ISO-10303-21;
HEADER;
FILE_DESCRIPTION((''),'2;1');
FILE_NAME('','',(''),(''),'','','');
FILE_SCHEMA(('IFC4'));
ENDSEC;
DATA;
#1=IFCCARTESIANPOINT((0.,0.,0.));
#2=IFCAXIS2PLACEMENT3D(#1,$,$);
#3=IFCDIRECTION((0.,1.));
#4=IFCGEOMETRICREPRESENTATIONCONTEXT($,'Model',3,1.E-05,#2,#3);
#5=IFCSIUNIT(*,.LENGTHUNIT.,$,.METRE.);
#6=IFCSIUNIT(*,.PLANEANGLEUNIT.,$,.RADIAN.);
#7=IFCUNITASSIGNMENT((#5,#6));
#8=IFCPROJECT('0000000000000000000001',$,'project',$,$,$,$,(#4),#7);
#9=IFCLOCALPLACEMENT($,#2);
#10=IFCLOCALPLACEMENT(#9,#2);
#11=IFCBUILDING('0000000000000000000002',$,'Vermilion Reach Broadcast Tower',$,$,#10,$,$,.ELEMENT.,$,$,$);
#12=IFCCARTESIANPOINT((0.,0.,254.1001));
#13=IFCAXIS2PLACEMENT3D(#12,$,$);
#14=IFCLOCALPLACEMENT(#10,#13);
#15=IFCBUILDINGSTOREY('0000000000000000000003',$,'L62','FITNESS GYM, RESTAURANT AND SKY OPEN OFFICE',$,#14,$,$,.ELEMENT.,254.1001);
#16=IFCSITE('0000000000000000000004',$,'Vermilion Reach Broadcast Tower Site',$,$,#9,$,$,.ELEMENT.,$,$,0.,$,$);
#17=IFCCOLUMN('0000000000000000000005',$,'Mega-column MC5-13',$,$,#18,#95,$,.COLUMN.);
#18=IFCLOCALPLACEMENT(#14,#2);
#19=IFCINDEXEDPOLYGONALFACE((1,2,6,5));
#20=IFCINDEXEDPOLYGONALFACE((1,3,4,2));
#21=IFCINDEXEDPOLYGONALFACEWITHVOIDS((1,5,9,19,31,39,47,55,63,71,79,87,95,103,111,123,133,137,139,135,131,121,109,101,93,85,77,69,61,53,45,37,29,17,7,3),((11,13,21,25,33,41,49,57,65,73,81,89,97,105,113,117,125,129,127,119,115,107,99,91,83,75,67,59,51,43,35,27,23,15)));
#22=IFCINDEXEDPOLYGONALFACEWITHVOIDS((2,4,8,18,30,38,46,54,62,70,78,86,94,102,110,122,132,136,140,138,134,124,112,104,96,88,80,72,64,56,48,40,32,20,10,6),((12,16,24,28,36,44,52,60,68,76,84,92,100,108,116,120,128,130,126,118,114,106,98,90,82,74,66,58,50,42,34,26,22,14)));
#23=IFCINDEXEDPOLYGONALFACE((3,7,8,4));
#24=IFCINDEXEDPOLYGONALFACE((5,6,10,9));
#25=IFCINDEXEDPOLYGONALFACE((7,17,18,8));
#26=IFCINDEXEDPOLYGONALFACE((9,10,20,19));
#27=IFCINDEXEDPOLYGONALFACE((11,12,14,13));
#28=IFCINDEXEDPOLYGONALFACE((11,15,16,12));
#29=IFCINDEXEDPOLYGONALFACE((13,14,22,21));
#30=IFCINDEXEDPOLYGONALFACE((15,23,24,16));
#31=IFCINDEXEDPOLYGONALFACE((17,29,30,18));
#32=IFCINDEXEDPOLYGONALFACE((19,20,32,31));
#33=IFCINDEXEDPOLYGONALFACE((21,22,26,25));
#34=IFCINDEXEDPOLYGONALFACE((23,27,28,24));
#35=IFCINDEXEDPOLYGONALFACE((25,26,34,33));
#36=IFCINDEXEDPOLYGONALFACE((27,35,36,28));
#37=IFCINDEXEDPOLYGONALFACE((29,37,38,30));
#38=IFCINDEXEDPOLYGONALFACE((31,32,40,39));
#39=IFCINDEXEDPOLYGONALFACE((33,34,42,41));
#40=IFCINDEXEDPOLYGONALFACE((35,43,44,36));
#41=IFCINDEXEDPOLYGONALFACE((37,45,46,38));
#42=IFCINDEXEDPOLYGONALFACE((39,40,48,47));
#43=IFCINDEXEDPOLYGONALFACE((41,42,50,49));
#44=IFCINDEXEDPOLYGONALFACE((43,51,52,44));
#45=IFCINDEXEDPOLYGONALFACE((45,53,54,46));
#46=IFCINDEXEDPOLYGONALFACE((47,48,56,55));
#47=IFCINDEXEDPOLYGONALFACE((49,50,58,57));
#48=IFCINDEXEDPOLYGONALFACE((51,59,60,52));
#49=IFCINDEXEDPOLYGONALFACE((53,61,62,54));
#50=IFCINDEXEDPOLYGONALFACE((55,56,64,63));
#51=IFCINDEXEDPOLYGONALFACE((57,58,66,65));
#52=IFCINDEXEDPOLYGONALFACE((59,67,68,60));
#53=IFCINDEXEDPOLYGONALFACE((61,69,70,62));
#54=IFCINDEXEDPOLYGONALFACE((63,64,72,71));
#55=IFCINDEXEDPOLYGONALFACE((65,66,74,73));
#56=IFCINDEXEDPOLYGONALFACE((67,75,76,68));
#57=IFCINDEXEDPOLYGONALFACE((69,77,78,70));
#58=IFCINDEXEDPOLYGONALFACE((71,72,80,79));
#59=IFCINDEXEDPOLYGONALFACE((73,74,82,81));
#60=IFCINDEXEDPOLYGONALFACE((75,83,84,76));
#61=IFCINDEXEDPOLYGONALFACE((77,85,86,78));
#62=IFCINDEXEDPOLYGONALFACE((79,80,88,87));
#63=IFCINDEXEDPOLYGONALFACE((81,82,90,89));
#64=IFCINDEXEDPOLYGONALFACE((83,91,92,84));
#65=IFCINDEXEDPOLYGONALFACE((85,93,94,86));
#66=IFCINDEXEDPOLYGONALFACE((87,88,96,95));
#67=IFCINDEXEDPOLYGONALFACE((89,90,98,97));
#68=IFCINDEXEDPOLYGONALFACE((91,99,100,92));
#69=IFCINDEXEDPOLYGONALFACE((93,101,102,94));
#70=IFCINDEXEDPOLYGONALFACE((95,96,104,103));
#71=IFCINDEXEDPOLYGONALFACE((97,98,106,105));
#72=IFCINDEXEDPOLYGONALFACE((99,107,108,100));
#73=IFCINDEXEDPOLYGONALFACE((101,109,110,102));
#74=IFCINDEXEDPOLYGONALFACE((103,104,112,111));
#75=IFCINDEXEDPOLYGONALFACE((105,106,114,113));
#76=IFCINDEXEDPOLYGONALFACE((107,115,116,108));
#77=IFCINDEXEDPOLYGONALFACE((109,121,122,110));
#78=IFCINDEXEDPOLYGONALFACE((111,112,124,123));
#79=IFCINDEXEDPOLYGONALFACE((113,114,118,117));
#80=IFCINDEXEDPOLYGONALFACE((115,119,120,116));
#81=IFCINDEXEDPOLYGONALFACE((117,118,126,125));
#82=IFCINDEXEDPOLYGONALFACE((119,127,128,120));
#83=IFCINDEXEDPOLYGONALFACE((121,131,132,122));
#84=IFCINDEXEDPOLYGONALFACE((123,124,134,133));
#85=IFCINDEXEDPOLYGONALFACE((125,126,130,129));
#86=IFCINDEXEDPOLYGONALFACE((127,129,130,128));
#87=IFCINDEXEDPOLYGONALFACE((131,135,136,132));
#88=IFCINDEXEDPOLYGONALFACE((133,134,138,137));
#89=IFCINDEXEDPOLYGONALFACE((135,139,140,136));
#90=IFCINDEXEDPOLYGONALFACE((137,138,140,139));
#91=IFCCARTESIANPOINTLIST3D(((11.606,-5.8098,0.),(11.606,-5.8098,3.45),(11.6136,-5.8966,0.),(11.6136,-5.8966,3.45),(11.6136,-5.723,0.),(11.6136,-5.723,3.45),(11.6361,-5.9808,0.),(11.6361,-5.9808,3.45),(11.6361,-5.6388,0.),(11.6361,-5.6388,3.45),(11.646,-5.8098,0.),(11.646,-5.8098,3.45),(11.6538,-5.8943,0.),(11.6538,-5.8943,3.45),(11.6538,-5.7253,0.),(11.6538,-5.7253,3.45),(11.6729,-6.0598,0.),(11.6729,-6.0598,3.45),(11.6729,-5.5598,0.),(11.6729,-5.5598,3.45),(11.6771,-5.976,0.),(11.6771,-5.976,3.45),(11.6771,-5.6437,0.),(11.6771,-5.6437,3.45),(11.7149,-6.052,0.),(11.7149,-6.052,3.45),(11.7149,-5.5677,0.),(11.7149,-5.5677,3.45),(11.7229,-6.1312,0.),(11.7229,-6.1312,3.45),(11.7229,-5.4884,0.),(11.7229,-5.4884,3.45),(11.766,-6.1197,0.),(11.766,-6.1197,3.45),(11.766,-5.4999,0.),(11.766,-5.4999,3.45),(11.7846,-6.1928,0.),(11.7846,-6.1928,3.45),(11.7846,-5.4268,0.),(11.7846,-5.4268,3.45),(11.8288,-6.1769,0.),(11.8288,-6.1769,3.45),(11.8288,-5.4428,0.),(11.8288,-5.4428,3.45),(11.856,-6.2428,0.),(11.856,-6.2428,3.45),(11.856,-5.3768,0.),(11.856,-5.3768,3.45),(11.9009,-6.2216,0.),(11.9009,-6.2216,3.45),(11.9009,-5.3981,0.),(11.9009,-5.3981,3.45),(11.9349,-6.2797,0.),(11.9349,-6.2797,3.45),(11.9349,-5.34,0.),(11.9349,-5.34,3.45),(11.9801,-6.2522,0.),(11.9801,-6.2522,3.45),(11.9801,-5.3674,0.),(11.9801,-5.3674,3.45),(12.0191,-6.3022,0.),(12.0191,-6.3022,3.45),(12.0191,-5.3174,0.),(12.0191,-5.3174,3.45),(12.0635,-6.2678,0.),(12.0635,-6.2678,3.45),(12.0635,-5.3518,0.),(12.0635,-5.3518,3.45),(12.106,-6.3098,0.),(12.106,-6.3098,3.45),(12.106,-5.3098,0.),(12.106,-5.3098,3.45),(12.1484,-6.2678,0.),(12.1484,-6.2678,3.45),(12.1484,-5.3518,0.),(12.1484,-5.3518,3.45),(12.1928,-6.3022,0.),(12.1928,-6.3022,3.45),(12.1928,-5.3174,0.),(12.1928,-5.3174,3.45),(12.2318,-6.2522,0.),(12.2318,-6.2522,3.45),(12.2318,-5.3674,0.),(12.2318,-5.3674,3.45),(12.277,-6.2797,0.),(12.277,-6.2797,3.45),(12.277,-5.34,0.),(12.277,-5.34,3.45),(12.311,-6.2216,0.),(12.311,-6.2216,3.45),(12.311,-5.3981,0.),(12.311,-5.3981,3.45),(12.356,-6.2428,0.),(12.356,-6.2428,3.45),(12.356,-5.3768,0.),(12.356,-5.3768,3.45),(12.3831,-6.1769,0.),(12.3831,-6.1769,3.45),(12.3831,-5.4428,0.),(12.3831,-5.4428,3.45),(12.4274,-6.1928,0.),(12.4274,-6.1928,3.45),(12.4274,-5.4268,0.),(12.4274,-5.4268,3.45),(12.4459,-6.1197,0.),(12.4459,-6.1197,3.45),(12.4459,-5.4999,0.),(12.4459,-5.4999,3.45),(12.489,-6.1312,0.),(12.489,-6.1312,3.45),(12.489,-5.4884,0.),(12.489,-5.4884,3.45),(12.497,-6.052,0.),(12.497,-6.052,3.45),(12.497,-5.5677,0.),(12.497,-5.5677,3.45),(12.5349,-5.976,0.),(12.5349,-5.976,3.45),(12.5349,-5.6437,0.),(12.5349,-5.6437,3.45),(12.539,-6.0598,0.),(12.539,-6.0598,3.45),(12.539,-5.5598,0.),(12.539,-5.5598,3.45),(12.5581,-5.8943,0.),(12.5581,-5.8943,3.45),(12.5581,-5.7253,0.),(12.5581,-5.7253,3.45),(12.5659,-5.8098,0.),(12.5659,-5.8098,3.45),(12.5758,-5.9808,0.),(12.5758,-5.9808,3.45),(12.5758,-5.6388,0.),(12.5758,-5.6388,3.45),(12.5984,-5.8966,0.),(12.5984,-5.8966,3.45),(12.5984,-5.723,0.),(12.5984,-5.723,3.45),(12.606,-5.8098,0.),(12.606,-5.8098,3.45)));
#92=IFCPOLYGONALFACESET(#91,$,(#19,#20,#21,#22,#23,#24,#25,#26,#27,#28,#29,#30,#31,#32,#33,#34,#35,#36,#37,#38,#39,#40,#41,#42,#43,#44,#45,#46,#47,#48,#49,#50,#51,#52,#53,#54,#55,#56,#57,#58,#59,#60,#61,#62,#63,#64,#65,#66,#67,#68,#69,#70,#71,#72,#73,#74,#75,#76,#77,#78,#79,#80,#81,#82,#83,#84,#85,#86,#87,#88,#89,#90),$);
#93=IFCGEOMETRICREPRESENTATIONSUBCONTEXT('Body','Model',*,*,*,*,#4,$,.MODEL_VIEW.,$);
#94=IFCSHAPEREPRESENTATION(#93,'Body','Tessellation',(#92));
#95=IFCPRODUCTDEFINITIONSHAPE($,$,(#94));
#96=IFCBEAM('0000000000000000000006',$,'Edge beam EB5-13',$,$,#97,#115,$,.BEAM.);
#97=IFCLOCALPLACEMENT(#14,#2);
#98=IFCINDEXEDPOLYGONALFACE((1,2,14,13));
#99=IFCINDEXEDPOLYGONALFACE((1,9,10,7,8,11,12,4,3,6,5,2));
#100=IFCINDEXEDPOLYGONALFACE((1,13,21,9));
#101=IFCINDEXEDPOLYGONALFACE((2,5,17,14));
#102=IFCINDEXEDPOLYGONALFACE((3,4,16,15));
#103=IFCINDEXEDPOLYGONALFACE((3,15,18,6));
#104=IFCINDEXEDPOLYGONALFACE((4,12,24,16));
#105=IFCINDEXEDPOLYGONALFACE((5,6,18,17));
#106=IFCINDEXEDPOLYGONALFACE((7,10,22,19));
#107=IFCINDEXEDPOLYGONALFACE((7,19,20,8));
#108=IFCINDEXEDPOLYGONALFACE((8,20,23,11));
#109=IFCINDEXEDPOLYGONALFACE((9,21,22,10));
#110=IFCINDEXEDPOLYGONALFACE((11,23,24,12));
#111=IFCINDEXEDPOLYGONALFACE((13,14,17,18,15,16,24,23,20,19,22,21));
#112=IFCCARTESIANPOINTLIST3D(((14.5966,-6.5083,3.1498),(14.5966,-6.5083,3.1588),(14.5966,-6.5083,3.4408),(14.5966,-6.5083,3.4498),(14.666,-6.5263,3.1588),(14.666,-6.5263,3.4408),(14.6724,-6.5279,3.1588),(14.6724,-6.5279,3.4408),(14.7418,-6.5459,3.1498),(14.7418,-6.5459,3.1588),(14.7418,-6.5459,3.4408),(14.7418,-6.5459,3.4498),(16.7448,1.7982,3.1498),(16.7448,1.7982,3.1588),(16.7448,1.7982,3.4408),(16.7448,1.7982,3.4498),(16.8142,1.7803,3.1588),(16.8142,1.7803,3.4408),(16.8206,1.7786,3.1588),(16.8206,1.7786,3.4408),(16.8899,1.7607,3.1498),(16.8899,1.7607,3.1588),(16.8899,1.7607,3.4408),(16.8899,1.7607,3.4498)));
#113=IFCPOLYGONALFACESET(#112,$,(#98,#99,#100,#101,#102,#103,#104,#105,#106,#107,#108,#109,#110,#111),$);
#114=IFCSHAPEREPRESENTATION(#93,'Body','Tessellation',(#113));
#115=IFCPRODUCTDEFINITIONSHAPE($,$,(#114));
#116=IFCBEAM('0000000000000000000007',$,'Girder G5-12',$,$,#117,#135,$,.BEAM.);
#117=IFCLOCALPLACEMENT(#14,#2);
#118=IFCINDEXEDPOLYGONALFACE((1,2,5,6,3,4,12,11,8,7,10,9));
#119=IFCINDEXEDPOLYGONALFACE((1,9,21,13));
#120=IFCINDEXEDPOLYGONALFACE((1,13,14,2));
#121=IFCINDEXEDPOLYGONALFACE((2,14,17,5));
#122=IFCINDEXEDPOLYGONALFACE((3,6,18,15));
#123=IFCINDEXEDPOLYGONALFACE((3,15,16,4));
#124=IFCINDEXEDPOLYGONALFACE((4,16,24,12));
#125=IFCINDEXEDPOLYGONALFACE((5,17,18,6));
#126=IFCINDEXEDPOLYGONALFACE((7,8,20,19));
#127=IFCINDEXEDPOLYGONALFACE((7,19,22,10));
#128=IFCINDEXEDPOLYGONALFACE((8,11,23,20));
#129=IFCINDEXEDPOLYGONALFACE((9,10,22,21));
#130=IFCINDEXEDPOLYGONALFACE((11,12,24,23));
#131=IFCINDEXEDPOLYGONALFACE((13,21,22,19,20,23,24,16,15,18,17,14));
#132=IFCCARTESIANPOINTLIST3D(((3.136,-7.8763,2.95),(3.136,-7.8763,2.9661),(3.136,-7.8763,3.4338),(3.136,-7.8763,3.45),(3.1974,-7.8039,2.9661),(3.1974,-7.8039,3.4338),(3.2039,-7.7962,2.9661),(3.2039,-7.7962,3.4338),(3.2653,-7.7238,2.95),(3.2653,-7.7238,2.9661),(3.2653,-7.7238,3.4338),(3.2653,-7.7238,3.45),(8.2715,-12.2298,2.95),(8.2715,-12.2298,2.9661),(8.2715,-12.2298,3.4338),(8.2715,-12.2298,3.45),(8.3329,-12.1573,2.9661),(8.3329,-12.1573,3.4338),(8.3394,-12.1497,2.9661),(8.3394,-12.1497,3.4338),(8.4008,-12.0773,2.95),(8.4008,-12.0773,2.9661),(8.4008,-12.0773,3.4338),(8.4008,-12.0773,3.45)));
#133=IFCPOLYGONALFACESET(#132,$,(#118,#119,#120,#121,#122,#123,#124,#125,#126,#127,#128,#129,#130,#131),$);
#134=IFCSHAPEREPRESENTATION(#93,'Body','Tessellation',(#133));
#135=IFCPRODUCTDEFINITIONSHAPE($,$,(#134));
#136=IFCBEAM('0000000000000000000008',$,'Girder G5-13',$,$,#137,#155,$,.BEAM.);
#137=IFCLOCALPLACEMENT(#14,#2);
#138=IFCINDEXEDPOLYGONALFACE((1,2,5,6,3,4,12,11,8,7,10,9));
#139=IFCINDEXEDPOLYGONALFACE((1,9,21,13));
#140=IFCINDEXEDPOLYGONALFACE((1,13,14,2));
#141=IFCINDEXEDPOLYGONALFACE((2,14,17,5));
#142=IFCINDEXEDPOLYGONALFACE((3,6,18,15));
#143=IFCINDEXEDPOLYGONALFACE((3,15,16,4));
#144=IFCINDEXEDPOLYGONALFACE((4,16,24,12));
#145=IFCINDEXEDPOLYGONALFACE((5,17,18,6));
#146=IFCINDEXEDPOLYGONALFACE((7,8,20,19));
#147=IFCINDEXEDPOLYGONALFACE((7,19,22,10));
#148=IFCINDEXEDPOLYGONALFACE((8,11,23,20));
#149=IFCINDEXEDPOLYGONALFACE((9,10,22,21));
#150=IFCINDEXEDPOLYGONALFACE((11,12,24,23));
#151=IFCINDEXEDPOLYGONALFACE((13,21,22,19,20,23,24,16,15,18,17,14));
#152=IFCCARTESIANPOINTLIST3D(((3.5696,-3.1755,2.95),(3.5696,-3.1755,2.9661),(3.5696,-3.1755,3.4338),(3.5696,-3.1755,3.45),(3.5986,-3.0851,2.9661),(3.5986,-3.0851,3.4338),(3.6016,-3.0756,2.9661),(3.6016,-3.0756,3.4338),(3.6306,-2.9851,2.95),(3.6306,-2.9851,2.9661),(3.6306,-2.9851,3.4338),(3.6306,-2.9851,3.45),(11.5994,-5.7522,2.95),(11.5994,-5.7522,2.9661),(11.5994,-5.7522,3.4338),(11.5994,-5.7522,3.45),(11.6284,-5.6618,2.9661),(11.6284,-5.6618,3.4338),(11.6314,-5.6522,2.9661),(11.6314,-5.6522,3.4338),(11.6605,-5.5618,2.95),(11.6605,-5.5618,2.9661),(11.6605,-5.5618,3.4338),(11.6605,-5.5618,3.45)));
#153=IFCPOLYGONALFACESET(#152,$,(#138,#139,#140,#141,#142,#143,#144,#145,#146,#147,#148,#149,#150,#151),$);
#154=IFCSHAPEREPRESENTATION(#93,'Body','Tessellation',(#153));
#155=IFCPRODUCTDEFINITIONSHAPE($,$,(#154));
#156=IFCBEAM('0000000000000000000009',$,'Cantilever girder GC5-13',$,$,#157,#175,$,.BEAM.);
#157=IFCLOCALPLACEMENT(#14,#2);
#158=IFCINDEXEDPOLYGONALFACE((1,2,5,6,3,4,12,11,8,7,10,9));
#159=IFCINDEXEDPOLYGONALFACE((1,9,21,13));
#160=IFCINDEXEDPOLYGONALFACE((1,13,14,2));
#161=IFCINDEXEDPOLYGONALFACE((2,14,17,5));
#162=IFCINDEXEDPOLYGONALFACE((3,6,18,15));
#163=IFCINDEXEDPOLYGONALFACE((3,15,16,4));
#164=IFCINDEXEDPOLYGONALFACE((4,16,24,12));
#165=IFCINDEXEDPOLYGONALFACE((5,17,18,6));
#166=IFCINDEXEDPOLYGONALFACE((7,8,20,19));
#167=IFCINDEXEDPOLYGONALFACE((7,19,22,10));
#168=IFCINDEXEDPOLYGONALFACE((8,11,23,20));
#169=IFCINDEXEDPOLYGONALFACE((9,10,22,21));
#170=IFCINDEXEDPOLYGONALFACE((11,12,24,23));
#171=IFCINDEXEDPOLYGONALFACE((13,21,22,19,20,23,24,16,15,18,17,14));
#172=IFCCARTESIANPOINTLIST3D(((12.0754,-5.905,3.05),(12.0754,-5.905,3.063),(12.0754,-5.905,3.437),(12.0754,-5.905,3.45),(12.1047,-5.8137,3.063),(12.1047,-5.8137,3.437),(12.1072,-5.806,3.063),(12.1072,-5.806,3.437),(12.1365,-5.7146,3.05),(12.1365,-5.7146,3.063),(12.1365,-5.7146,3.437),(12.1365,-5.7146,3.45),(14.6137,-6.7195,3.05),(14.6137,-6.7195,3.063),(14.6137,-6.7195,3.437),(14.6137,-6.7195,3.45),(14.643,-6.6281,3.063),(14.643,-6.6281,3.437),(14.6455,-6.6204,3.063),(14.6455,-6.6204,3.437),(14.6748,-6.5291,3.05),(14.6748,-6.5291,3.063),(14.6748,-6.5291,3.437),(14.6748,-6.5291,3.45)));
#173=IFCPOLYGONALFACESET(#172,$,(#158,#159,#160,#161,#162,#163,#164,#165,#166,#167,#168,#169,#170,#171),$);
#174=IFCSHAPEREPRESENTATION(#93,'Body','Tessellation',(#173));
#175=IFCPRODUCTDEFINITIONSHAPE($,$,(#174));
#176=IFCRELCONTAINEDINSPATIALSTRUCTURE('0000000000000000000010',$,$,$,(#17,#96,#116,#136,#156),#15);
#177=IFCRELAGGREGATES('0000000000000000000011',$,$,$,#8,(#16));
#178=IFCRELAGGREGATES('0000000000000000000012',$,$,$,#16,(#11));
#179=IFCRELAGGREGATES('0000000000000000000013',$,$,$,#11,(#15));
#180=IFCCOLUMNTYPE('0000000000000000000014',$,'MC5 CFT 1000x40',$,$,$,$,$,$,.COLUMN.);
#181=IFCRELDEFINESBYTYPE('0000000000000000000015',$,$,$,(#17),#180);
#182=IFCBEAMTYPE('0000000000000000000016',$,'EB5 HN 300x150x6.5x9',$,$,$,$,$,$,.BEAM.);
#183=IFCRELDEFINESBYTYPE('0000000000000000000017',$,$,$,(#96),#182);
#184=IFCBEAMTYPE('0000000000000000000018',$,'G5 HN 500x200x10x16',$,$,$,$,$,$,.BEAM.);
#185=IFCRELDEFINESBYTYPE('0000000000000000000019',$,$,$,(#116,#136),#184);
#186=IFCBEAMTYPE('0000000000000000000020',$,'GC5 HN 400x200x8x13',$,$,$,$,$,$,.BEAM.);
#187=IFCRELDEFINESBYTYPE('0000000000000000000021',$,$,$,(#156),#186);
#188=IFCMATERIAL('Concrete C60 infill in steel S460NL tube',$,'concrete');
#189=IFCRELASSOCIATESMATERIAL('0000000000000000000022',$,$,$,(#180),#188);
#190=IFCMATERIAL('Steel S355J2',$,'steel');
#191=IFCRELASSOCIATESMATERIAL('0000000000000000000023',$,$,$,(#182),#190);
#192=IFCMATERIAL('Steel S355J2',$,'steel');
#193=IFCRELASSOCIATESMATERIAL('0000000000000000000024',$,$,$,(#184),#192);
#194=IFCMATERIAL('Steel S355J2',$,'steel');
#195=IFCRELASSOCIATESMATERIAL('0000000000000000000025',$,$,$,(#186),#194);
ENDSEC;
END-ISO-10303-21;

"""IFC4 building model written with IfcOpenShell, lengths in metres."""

from ifc_helpers import new_model, si_unit, direction, frame, origin, origin_2d, place, context, subcontext, project, spatial, hollow_circle, i_section, extrude, material, material_profile, profile_set, type_object, element, save


model = new_model("IFC4")

# Units and contexts
model_context = context("Model", 3, precision=1e-05, world=origin(), true_north=direction((0.0, 1.0)))
body_context = subcontext(model_context, "Body", "Model", "MODEL_VIEW")
ifc_project = project(units=[si_unit("LENGTHUNIT", "METRE"), si_unit("PLANEANGLEUNIT", "RADIAN")], contexts=[model_context])

# Site, building, storey
site_placement = place(None, origin())
site = spatial("IfcSite", under=ifc_project, at=site_placement, Name="Vermilion Reach Broadcast Tower Site", CompositionType="ELEMENT", RefElevation=0.0)
building_placement = place(site_placement, origin())
building = spatial("IfcBuilding", under=site, at=building_placement, Name="Vermilion Reach Broadcast Tower", CompositionType="ELEMENT")
storey_placement = place(building_placement, frame((0.0, 0.0, 254.1001)))
storey = spatial("IfcBuildingStorey", under=building, at=storey_placement, Name="L62", Description="FITNESS GYM, RESTAURANT AND SKY OPEN OFFICE", CompositionType="ELEMENT", Elevation=254.1001)

# Column
ifc_material_1 = material(Name="Concrete C60 infill in steel S460NL tube", Category="concrete")
ifc_material_profile_1 = material_profile(ifc_material_1, hollow_circle(Radius=0.5, WallThickness=0.04, at=origin_2d()), Name="Concrete C60 infill in steel S460NL tube CFT 1000x40")
ifc_profile_set_1 = profile_set([ifc_material_profile_1], Name="Concrete C60 infill in steel S460NL tube")
column_type = type_object("IfcColumnType", Name="MC5 CFT 1000x40", PredefinedType="COLUMN", material=ifc_profile_set_1)
column_placement = place(storey_placement, frame((12.106, -5.8098, 0.0), z_axis=(0.0, 0.0, 1.0), x_axis=(1.0, 0.0, 0.0)))
element("IfcColumn", 1, at=column_placement, inside=storey, type_object=column_type, Name="Mega-column MC5-13", PredefinedType="COLUMN", context=body_context, shape_type="SweptSolid", body=[
    extrude(hollow_circle(Radius=0.5, WallThickness=0.04, at=origin_2d()), origin(), (0.0, 0.0, 1.0), 3.45),
])

# Beams
ifc_material_2 = material(Name="Steel S355J2", Category="steel")
ifc_material_profile_2 = material_profile(ifc_material_2, i_section(OverallWidth=0.1499, OverallDepth=0.3, WebThickness=0.0066, FlangeThickness=0.009, at=origin_2d()), Name="S355J2 HN 300x150x6.5x9")
ifc_profile_set_2 = profile_set([ifc_material_profile_2], Name="Steel S355J2")
beam_type_1 = type_object("IfcBeamType", Name="EB5 HN 300x150x6.5x9", PredefinedType="BEAM", material=ifc_profile_set_2)
beam_1_placement = place(storey_placement, frame((14.6692, -6.5271, 3.2998), z_axis=(0.250375, 0.968149, 0.0), x_axis=(-0.968149, 0.250375, 0.0)))
element("IfcBeam", 2, at=beam_1_placement, inside=storey, type_object=beam_type_1, Name="Edge beam EB5-13", PredefinedType="BEAM", context=body_context, shape_type="SweptSolid", body=[
    extrude(i_section(OverallWidth=0.1499, OverallDepth=0.3, WebThickness=0.0066, FlangeThickness=0.009, at=origin_2d()), origin(), (0.0, 0.0, 1.0), 8.5798),
])
ifc_material_3 = material(Name="Steel S355J2", Category="steel")
ifc_material_profile_3 = material_profile(ifc_material_3, i_section(OverallWidth=0.2, OverallDepth=0.5, WebThickness=0.01, FlangeThickness=0.0161, at=origin_2d()), Name="S355J2 HN 500x200x10x16")
ifc_profile_set_3 = profile_set([ifc_material_profile_3], Name="Steel S355J2")
beam_type_2 = type_object("IfcBeamType", Name="G5 HN 500x200x10x16", PredefinedType="BEAM", material=ifc_profile_set_3)
beam_2_placement = place(storey_placement, frame((3.2007, -7.8, 3.2), z_axis=(0.762793, -0.646643, 0.0), x_axis=(0.646643, 0.762793, 0.0)))
element("IfcBeam", 3, at=beam_2_placement, inside=storey, type_object=beam_type_2, Name="Girder G5-12", PredefinedType="BEAM", context=body_context, shape_type="SweptSolid", body=[
    extrude(i_section(OverallWidth=0.2, OverallDepth=0.5, WebThickness=0.01, FlangeThickness=0.0161, at=origin_2d()), origin(), (0.0, 0.0, 1.0), 6.7324),
])
beam_3_placement = place(storey_placement, frame((3.6001, -3.0803, 3.2), z_axis=(0.952178, -0.305542, 0.0), x_axis=(0.305542, 0.952178, 0.0)))
element("IfcBeam", 4, at=beam_3_placement, inside=storey, type_object=beam_type_2, Name="Girder G5-13", PredefinedType="BEAM", context=body_context, shape_type="SweptSolid", body=[
    extrude(i_section(OverallWidth=0.2, OverallDepth=0.5, WebThickness=0.01, FlangeThickness=0.0161, at=origin_2d()), origin(), (0.0, 0.0, 1.0), 8.4331),
])
ifc_material_4 = material(Name="Steel S355J2", Category="steel")
ifc_material_profile_4 = material_profile(ifc_material_4, i_section(OverallWidth=0.2, OverallDepth=0.3999, WebThickness=0.0081, FlangeThickness=0.0129, at=origin_2d()), Name="S355J2 HN 400x200x8x13")
ifc_profile_set_4 = profile_set([ifc_material_profile_4], Name="Steel S355J2")
beam_type_3 = type_object("IfcBeamType", Name="GC5 HN 400x200x8x13", PredefinedType="BEAM", material=ifc_profile_set_4)
beam_4_placement = place(storey_placement, frame((12.106, -5.8098, 3.25), z_axis=(0.952186, -0.30552, 0.0), x_axis=(0.30552, 0.952186, 0.0)))
element("IfcBeam", 5, at=beam_4_placement, inside=storey, type_object=beam_type_3, Name="Cantilever girder GC5-13", PredefinedType="BEAM", context=body_context, shape_type="SweptSolid", body=[
    extrude(i_section(OverallWidth=0.2, OverallDepth=0.3999, WebThickness=0.0081, FlangeThickness=0.0129, at=origin_2d()), origin(), (0.0, 0.0, 1.0), 2.6658),
])

save(model, "model.ifc")
